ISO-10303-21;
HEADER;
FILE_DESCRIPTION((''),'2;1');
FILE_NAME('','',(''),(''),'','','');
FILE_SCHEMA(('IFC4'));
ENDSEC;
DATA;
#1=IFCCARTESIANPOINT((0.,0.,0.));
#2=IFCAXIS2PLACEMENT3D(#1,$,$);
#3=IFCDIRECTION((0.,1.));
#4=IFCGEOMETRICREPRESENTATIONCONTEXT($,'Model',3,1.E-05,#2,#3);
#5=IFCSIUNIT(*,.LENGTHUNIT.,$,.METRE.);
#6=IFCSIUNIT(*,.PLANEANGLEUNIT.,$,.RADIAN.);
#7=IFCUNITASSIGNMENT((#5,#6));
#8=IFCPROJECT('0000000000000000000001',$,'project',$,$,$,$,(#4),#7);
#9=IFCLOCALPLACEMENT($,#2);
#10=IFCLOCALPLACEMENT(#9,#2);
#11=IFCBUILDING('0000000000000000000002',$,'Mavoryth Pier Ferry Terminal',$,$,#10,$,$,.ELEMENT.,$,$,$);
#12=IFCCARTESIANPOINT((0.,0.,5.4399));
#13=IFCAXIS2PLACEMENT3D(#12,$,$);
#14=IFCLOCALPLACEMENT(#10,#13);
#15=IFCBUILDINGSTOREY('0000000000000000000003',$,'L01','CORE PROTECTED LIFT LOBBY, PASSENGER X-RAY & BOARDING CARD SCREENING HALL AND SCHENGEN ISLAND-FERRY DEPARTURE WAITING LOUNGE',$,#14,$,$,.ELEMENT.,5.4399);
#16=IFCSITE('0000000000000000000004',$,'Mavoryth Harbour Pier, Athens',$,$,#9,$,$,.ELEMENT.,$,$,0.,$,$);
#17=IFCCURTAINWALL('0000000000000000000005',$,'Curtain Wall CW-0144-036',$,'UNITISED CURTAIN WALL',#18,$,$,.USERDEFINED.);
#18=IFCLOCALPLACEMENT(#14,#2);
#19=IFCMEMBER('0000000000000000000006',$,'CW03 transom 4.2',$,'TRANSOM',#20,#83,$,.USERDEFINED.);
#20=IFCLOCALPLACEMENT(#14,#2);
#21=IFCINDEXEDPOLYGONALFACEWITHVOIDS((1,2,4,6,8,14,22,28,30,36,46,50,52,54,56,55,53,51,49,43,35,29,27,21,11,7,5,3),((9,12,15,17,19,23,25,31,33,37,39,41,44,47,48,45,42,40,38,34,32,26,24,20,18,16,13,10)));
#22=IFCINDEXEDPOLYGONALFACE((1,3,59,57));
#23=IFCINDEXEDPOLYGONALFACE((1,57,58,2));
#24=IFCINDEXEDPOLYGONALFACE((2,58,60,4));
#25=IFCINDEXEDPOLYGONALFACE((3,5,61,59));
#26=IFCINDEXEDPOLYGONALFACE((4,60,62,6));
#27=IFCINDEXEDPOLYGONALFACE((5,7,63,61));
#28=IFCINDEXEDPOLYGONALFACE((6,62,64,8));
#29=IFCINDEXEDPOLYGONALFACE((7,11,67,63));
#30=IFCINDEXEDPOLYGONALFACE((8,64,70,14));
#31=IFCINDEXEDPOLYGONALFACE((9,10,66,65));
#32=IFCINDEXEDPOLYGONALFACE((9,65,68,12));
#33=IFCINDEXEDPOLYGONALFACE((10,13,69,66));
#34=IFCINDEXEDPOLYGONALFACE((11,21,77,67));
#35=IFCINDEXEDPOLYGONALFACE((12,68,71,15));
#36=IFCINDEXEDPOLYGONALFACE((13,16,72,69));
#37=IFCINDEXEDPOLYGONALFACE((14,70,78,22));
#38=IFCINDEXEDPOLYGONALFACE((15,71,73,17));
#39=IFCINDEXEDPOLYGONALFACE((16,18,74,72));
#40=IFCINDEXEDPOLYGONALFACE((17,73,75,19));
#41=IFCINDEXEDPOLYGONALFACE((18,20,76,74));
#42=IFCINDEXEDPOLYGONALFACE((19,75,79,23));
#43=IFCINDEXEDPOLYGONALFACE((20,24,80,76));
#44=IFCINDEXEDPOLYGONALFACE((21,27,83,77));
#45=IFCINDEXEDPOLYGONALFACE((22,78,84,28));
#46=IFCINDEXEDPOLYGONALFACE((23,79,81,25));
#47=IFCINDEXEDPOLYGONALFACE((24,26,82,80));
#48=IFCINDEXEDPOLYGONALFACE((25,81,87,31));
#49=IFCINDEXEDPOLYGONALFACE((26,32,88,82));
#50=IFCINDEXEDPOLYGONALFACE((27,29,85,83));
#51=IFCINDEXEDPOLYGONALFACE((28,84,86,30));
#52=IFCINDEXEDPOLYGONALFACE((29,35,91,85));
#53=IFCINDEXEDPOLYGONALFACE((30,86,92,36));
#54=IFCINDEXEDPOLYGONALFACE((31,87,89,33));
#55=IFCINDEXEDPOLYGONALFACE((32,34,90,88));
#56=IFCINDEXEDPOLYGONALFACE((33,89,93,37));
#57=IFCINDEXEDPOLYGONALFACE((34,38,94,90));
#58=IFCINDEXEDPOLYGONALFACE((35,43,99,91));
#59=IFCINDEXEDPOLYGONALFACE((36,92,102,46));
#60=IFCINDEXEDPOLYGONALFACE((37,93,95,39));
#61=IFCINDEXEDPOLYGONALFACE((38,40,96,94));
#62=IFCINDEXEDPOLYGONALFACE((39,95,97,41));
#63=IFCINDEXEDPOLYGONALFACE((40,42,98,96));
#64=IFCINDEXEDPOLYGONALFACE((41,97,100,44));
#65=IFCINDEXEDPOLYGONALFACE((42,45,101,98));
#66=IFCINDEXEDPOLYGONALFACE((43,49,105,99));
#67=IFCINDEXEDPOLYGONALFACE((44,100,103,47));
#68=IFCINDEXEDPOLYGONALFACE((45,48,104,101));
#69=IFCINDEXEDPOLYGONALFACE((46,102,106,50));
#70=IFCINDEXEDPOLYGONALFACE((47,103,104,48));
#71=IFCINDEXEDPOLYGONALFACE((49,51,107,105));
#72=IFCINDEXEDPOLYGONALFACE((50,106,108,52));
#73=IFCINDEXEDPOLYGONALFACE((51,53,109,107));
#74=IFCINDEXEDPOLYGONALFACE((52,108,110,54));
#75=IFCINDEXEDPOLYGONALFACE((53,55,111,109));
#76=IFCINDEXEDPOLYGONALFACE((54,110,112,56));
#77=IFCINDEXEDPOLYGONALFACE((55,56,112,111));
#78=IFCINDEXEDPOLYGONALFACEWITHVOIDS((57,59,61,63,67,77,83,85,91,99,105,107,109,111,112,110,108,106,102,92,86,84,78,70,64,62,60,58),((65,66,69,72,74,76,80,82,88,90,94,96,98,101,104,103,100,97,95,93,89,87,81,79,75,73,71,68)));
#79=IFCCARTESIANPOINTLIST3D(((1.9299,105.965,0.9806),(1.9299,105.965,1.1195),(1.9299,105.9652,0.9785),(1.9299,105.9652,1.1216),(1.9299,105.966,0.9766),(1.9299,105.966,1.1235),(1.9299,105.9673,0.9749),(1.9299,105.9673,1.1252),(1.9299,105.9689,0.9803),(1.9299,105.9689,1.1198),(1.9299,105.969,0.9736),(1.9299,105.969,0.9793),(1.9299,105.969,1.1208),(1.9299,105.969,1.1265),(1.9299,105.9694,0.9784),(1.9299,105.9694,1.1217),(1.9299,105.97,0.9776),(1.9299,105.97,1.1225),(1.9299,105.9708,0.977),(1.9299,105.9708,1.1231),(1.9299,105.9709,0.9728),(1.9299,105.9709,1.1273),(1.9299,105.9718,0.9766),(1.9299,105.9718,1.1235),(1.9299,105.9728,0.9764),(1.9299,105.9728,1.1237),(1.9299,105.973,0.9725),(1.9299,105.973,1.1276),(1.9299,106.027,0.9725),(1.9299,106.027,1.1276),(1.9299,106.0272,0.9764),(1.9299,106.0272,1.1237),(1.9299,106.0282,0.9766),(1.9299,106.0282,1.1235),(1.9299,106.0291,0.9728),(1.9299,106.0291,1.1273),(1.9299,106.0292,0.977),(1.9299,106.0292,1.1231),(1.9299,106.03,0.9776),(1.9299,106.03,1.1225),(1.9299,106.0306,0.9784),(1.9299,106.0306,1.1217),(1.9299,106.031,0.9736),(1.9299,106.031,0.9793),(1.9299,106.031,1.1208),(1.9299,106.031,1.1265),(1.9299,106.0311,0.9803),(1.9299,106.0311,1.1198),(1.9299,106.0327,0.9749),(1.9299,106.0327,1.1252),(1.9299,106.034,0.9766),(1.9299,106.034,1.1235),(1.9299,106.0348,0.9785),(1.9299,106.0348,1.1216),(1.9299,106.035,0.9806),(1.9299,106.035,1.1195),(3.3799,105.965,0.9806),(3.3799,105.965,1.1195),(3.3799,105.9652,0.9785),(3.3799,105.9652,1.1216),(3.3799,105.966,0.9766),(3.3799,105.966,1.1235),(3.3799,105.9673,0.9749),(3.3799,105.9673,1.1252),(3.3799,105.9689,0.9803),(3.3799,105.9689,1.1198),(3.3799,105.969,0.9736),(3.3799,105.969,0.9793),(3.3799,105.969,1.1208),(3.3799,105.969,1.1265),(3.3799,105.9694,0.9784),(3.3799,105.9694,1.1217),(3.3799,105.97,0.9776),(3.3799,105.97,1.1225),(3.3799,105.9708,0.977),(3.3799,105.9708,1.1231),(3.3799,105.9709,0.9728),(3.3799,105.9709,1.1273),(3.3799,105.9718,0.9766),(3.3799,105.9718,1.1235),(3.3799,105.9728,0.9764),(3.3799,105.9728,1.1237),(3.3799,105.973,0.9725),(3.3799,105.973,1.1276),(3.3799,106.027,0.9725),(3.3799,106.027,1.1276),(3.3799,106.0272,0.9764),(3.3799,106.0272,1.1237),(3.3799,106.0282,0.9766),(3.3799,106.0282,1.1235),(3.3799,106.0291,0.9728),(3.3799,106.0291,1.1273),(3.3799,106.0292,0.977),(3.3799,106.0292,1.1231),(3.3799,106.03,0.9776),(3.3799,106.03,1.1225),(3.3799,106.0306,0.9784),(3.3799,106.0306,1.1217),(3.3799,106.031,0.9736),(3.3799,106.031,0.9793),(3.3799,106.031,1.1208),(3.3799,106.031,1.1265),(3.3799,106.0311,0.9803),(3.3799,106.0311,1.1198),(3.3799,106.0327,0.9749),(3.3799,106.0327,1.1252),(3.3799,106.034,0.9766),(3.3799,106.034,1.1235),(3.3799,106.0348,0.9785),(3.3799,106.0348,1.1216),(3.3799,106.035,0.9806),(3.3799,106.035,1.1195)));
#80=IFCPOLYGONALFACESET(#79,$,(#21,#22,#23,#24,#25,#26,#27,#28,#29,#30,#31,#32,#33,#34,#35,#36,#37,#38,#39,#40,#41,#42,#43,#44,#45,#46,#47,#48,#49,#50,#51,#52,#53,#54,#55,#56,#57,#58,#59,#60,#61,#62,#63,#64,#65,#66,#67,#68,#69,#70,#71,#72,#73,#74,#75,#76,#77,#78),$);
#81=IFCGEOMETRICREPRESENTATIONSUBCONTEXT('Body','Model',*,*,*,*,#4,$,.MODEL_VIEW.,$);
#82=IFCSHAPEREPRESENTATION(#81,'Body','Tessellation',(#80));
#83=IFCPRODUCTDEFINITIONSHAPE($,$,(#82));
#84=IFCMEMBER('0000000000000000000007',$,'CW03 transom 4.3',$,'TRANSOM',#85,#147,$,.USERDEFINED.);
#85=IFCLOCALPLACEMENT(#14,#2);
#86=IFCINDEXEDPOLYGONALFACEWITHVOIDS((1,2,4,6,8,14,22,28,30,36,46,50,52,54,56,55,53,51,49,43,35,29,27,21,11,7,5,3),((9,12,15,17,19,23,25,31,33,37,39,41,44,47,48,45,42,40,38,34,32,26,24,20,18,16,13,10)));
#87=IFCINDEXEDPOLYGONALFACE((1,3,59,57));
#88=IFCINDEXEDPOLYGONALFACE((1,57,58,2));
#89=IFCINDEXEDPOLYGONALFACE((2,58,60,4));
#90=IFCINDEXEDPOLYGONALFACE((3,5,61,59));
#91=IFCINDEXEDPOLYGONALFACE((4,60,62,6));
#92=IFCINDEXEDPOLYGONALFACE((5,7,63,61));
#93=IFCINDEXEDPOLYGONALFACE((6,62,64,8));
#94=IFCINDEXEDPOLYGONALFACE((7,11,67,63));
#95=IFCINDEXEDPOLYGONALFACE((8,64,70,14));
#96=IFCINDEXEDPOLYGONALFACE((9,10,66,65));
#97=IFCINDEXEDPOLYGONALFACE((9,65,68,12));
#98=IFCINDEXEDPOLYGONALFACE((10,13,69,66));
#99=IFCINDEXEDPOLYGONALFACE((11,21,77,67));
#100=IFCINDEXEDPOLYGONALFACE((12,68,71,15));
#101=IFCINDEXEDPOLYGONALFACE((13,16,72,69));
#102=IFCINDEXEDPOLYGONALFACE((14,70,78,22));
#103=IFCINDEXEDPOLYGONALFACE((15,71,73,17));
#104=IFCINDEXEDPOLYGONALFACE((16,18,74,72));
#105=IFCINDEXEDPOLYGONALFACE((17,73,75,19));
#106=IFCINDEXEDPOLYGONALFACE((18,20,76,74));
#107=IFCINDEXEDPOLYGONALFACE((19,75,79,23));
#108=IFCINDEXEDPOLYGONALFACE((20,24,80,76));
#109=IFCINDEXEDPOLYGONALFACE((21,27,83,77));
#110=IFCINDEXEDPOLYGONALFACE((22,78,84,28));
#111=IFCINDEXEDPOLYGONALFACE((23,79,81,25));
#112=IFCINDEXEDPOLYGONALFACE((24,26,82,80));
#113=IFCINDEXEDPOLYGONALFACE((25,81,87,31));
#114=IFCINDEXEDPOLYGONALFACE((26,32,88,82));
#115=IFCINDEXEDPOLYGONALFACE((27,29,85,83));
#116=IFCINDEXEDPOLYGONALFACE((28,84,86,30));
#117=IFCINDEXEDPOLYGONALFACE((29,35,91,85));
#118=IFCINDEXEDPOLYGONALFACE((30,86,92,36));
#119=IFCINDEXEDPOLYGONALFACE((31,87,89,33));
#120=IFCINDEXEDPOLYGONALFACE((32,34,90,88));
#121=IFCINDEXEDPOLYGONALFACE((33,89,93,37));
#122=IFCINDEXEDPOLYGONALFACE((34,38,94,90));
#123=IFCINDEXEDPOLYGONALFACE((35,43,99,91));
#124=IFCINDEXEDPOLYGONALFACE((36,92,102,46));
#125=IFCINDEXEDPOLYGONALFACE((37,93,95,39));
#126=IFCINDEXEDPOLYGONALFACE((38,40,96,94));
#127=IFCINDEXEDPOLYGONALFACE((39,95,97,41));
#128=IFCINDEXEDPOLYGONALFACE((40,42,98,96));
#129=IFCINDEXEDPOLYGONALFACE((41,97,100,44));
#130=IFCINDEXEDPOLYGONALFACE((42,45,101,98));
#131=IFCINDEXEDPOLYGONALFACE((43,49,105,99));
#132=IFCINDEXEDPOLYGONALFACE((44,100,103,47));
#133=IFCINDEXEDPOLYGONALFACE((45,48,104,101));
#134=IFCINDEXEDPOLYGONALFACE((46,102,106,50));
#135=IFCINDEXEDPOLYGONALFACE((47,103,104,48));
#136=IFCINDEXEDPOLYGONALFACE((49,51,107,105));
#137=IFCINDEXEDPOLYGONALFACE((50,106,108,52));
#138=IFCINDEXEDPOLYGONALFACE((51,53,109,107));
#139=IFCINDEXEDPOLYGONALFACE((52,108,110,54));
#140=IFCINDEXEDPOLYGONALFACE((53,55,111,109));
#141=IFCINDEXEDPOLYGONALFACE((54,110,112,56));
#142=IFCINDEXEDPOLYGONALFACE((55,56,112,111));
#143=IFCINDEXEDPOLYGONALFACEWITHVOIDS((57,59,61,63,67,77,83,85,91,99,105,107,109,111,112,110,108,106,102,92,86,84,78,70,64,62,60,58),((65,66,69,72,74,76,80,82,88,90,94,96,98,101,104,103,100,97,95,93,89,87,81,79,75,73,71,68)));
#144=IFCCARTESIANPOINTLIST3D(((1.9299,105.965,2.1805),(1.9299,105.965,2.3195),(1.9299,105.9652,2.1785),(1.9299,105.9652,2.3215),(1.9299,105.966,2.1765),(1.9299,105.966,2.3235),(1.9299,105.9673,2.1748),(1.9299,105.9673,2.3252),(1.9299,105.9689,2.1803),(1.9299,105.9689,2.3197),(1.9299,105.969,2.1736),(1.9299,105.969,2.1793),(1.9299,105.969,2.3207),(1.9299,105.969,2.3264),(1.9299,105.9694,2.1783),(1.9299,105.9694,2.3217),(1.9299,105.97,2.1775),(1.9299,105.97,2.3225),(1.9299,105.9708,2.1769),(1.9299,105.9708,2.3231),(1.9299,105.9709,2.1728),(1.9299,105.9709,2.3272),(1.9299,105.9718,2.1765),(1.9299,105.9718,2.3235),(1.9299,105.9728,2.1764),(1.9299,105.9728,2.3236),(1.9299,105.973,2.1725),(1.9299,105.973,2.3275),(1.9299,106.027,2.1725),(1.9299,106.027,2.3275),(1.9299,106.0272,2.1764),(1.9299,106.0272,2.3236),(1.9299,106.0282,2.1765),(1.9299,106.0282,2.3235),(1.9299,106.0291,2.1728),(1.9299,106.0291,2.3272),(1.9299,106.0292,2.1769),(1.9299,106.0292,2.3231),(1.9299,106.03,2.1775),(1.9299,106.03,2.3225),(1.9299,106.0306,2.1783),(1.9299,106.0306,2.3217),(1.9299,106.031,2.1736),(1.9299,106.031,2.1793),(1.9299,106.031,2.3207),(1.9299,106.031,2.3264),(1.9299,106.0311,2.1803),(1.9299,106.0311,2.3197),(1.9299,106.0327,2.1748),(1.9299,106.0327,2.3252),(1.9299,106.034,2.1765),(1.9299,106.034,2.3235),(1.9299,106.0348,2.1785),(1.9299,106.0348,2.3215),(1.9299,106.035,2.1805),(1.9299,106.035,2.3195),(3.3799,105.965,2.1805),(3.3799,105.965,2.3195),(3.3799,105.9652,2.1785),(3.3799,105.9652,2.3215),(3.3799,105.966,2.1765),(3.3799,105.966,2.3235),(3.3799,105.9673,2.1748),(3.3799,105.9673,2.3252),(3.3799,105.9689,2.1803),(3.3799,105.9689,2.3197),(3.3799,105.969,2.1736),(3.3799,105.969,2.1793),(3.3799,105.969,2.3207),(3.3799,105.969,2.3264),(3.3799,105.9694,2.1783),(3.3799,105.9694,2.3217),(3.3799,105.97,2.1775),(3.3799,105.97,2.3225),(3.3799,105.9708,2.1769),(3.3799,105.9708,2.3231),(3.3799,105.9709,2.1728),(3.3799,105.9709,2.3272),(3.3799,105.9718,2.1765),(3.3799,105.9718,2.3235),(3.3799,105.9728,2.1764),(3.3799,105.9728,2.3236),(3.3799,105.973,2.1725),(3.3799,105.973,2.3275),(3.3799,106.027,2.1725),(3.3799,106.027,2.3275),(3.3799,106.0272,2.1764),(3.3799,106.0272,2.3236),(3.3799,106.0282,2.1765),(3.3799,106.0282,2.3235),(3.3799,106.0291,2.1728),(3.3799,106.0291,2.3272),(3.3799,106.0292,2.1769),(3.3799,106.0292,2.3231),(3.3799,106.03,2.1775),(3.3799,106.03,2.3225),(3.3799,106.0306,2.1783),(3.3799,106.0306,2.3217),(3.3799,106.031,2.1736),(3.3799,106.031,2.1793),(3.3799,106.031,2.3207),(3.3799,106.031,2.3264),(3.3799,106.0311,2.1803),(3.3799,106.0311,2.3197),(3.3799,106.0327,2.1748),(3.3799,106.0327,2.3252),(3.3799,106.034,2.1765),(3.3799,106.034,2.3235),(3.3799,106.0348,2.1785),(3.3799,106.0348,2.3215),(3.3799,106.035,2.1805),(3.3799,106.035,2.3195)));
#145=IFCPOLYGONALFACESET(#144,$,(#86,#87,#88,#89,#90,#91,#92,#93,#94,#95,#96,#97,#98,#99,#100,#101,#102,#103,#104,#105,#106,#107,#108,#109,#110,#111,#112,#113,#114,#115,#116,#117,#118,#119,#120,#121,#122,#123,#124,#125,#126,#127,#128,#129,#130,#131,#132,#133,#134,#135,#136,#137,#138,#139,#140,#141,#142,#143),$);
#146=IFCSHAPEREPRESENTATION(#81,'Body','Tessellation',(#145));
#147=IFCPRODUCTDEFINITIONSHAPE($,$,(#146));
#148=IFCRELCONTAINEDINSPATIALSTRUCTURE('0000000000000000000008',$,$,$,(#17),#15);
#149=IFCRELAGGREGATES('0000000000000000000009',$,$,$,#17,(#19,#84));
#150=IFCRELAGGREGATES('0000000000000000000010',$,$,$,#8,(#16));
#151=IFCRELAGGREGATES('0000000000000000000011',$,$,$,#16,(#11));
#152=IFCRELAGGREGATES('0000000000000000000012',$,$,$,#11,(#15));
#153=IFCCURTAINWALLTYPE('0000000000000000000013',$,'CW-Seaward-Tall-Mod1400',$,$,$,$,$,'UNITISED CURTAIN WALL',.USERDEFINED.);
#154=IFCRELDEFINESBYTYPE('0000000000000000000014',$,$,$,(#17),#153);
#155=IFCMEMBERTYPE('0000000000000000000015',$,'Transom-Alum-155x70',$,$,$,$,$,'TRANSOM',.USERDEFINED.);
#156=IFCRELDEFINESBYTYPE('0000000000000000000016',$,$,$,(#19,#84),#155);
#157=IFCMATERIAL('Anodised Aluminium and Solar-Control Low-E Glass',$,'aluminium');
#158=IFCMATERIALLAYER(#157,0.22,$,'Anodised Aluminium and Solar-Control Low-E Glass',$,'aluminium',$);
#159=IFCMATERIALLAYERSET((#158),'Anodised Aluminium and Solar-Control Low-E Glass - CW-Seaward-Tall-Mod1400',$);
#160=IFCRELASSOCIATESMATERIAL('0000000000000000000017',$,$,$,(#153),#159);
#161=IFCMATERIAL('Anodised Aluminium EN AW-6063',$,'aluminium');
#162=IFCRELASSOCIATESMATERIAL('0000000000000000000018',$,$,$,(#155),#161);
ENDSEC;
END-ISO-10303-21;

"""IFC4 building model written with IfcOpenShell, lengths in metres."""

from ifc_helpers import new_model, si_unit, direction, frame, origin, origin_2d, place, context, subcontext, project, spatial, hollow_rectangle, extrude, material, layer, layer_set, material_profile, profile_set, type_object, element, aggregate, save


model = new_model("IFC4")

# Units and contexts
model_context = context("Model", 3, precision=1e-05, world=origin(), true_north=direction((0.0, 1.0)))
body_context = subcontext(model_context, "Body", "Model", "MODEL_VIEW")
ifc_project = project(units=[si_unit("LENGTHUNIT", "METRE"), si_unit("PLANEANGLEUNIT", "RADIAN")], contexts=[model_context])

# Site, building, storey
site_placement = place(None, origin())
site = spatial("IfcSite", under=ifc_project, at=site_placement, Name="Mavoryth Harbour Pier, Athens", CompositionType="ELEMENT", RefElevation=0.0)
building_placement = place(site_placement, origin())
building = spatial("IfcBuilding", under=site, at=building_placement, Name="Mavoryth Pier Ferry Terminal", CompositionType="ELEMENT")
storey_placement = place(building_placement, frame((0.0, 0.0, 5.4399)))
storey = spatial("IfcBuildingStorey", under=building, at=storey_placement, Name="L01", Description="CORE PROTECTED LIFT LOBBY, PASSENGER X-RAY & BOARDING CARD SCREENING HALL AND SCHENGEN ISLAND-FERRY DEPARTURE WAITING LOUNGE", CompositionType="ELEMENT", Elevation=5.4399)

# Curtain wall
ifc_material_1 = material(Name="Anodised Aluminium and Solar-Control Low-E Glass", Category="aluminium")
ifc_material_2 = material(Name="Anodised Aluminium EN AW-6063", Category="aluminium")
ifc_layer_1 = layer(ifc_material_1, 0.22, Name="Anodised Aluminium and Solar-Control Low-E Glass", Category="aluminium")
ifc_layer_set_1 = layer_set([ifc_layer_1], Name="Anodised Aluminium and Solar-Control Low-E Glass - CW-Seaward-Tall-Mod1400")
curtain_wall_type_1 = type_object("IfcCurtainWallType", Name="CW-Seaward-Tall-Mod1400", ElementType="UNITISED CURTAIN WALL", PredefinedType="USERDEFINED", material=ifc_layer_set_1)
curtain_wall_1_placement = place(storey_placement, origin())
curtain_wall_1 = element("IfcCurtainWall", 1, at=curtain_wall_1_placement, inside=storey, type_object=curtain_wall_type_1, Name="Curtain Wall CW-0144-036", ObjectType="UNITISED CURTAIN WALL", PredefinedType="USERDEFINED")

# Members
ifc_material_profile_1 = material_profile(ifc_material_2, hollow_rectangle(XDim=0.0701, YDim=0.155, WallThickness=0.0039, InnerFilletRadius=0.0039, OuterFilletRadius=0.0081, at=origin_2d()), Name="AL-TRAN 155x70x4", Category="aluminium")
ifc_profile_set_1 = profile_set([ifc_material_profile_1], Name="Anodised Aluminium EN AW-6063 - AL-TRAN 155x70x4")
member_type_1 = type_object("IfcMemberType", Name="Transom-Alum-155x70", ElementType="TRANSOM", PredefinedType="USERDEFINED", material=ifc_profile_set_1)
member_1_placement = place(storey_placement, frame((3.3799, 106.0, 1.05), z_axis=(-1.0, 0.0, 0.0), x_axis=(0.0, -1.0, 0.0)))
member_1 = element("IfcMember", 2, at=member_1_placement, type_object=member_type_1, Name="CW03 transom 4.2", ObjectType="TRANSOM", PredefinedType="USERDEFINED", context=body_context, shape_type="SweptSolid", body=[
    extrude(hollow_rectangle(XDim=0.0701, YDim=0.155, WallThickness=0.0039, InnerFilletRadius=0.0039, OuterFilletRadius=0.0081, at=origin_2d()), origin(), (0.0, 0.0, 1.0), 1.45),
])
member_2_placement = place(storey_placement, frame((3.3799, 106.0, 2.25), z_axis=(-1.0, 0.0, 0.0), x_axis=(0.0, -1.0, 0.0)))
member_2 = element("IfcMember", 3, at=member_2_placement, type_object=member_type_1, Name="CW03 transom 4.3", ObjectType="TRANSOM", PredefinedType="USERDEFINED", context=body_context, shape_type="SweptSolid", body=[
    extrude(hollow_rectangle(XDim=0.0701, YDim=0.155, WallThickness=0.0039, InnerFilletRadius=0.0039, OuterFilletRadius=0.0081, at=origin_2d()), origin(), (0.0, 0.0, 1.0), 1.45),
])

aggregate(curtain_wall_1, [member_1, member_2])

save(model, "model.ifc")
